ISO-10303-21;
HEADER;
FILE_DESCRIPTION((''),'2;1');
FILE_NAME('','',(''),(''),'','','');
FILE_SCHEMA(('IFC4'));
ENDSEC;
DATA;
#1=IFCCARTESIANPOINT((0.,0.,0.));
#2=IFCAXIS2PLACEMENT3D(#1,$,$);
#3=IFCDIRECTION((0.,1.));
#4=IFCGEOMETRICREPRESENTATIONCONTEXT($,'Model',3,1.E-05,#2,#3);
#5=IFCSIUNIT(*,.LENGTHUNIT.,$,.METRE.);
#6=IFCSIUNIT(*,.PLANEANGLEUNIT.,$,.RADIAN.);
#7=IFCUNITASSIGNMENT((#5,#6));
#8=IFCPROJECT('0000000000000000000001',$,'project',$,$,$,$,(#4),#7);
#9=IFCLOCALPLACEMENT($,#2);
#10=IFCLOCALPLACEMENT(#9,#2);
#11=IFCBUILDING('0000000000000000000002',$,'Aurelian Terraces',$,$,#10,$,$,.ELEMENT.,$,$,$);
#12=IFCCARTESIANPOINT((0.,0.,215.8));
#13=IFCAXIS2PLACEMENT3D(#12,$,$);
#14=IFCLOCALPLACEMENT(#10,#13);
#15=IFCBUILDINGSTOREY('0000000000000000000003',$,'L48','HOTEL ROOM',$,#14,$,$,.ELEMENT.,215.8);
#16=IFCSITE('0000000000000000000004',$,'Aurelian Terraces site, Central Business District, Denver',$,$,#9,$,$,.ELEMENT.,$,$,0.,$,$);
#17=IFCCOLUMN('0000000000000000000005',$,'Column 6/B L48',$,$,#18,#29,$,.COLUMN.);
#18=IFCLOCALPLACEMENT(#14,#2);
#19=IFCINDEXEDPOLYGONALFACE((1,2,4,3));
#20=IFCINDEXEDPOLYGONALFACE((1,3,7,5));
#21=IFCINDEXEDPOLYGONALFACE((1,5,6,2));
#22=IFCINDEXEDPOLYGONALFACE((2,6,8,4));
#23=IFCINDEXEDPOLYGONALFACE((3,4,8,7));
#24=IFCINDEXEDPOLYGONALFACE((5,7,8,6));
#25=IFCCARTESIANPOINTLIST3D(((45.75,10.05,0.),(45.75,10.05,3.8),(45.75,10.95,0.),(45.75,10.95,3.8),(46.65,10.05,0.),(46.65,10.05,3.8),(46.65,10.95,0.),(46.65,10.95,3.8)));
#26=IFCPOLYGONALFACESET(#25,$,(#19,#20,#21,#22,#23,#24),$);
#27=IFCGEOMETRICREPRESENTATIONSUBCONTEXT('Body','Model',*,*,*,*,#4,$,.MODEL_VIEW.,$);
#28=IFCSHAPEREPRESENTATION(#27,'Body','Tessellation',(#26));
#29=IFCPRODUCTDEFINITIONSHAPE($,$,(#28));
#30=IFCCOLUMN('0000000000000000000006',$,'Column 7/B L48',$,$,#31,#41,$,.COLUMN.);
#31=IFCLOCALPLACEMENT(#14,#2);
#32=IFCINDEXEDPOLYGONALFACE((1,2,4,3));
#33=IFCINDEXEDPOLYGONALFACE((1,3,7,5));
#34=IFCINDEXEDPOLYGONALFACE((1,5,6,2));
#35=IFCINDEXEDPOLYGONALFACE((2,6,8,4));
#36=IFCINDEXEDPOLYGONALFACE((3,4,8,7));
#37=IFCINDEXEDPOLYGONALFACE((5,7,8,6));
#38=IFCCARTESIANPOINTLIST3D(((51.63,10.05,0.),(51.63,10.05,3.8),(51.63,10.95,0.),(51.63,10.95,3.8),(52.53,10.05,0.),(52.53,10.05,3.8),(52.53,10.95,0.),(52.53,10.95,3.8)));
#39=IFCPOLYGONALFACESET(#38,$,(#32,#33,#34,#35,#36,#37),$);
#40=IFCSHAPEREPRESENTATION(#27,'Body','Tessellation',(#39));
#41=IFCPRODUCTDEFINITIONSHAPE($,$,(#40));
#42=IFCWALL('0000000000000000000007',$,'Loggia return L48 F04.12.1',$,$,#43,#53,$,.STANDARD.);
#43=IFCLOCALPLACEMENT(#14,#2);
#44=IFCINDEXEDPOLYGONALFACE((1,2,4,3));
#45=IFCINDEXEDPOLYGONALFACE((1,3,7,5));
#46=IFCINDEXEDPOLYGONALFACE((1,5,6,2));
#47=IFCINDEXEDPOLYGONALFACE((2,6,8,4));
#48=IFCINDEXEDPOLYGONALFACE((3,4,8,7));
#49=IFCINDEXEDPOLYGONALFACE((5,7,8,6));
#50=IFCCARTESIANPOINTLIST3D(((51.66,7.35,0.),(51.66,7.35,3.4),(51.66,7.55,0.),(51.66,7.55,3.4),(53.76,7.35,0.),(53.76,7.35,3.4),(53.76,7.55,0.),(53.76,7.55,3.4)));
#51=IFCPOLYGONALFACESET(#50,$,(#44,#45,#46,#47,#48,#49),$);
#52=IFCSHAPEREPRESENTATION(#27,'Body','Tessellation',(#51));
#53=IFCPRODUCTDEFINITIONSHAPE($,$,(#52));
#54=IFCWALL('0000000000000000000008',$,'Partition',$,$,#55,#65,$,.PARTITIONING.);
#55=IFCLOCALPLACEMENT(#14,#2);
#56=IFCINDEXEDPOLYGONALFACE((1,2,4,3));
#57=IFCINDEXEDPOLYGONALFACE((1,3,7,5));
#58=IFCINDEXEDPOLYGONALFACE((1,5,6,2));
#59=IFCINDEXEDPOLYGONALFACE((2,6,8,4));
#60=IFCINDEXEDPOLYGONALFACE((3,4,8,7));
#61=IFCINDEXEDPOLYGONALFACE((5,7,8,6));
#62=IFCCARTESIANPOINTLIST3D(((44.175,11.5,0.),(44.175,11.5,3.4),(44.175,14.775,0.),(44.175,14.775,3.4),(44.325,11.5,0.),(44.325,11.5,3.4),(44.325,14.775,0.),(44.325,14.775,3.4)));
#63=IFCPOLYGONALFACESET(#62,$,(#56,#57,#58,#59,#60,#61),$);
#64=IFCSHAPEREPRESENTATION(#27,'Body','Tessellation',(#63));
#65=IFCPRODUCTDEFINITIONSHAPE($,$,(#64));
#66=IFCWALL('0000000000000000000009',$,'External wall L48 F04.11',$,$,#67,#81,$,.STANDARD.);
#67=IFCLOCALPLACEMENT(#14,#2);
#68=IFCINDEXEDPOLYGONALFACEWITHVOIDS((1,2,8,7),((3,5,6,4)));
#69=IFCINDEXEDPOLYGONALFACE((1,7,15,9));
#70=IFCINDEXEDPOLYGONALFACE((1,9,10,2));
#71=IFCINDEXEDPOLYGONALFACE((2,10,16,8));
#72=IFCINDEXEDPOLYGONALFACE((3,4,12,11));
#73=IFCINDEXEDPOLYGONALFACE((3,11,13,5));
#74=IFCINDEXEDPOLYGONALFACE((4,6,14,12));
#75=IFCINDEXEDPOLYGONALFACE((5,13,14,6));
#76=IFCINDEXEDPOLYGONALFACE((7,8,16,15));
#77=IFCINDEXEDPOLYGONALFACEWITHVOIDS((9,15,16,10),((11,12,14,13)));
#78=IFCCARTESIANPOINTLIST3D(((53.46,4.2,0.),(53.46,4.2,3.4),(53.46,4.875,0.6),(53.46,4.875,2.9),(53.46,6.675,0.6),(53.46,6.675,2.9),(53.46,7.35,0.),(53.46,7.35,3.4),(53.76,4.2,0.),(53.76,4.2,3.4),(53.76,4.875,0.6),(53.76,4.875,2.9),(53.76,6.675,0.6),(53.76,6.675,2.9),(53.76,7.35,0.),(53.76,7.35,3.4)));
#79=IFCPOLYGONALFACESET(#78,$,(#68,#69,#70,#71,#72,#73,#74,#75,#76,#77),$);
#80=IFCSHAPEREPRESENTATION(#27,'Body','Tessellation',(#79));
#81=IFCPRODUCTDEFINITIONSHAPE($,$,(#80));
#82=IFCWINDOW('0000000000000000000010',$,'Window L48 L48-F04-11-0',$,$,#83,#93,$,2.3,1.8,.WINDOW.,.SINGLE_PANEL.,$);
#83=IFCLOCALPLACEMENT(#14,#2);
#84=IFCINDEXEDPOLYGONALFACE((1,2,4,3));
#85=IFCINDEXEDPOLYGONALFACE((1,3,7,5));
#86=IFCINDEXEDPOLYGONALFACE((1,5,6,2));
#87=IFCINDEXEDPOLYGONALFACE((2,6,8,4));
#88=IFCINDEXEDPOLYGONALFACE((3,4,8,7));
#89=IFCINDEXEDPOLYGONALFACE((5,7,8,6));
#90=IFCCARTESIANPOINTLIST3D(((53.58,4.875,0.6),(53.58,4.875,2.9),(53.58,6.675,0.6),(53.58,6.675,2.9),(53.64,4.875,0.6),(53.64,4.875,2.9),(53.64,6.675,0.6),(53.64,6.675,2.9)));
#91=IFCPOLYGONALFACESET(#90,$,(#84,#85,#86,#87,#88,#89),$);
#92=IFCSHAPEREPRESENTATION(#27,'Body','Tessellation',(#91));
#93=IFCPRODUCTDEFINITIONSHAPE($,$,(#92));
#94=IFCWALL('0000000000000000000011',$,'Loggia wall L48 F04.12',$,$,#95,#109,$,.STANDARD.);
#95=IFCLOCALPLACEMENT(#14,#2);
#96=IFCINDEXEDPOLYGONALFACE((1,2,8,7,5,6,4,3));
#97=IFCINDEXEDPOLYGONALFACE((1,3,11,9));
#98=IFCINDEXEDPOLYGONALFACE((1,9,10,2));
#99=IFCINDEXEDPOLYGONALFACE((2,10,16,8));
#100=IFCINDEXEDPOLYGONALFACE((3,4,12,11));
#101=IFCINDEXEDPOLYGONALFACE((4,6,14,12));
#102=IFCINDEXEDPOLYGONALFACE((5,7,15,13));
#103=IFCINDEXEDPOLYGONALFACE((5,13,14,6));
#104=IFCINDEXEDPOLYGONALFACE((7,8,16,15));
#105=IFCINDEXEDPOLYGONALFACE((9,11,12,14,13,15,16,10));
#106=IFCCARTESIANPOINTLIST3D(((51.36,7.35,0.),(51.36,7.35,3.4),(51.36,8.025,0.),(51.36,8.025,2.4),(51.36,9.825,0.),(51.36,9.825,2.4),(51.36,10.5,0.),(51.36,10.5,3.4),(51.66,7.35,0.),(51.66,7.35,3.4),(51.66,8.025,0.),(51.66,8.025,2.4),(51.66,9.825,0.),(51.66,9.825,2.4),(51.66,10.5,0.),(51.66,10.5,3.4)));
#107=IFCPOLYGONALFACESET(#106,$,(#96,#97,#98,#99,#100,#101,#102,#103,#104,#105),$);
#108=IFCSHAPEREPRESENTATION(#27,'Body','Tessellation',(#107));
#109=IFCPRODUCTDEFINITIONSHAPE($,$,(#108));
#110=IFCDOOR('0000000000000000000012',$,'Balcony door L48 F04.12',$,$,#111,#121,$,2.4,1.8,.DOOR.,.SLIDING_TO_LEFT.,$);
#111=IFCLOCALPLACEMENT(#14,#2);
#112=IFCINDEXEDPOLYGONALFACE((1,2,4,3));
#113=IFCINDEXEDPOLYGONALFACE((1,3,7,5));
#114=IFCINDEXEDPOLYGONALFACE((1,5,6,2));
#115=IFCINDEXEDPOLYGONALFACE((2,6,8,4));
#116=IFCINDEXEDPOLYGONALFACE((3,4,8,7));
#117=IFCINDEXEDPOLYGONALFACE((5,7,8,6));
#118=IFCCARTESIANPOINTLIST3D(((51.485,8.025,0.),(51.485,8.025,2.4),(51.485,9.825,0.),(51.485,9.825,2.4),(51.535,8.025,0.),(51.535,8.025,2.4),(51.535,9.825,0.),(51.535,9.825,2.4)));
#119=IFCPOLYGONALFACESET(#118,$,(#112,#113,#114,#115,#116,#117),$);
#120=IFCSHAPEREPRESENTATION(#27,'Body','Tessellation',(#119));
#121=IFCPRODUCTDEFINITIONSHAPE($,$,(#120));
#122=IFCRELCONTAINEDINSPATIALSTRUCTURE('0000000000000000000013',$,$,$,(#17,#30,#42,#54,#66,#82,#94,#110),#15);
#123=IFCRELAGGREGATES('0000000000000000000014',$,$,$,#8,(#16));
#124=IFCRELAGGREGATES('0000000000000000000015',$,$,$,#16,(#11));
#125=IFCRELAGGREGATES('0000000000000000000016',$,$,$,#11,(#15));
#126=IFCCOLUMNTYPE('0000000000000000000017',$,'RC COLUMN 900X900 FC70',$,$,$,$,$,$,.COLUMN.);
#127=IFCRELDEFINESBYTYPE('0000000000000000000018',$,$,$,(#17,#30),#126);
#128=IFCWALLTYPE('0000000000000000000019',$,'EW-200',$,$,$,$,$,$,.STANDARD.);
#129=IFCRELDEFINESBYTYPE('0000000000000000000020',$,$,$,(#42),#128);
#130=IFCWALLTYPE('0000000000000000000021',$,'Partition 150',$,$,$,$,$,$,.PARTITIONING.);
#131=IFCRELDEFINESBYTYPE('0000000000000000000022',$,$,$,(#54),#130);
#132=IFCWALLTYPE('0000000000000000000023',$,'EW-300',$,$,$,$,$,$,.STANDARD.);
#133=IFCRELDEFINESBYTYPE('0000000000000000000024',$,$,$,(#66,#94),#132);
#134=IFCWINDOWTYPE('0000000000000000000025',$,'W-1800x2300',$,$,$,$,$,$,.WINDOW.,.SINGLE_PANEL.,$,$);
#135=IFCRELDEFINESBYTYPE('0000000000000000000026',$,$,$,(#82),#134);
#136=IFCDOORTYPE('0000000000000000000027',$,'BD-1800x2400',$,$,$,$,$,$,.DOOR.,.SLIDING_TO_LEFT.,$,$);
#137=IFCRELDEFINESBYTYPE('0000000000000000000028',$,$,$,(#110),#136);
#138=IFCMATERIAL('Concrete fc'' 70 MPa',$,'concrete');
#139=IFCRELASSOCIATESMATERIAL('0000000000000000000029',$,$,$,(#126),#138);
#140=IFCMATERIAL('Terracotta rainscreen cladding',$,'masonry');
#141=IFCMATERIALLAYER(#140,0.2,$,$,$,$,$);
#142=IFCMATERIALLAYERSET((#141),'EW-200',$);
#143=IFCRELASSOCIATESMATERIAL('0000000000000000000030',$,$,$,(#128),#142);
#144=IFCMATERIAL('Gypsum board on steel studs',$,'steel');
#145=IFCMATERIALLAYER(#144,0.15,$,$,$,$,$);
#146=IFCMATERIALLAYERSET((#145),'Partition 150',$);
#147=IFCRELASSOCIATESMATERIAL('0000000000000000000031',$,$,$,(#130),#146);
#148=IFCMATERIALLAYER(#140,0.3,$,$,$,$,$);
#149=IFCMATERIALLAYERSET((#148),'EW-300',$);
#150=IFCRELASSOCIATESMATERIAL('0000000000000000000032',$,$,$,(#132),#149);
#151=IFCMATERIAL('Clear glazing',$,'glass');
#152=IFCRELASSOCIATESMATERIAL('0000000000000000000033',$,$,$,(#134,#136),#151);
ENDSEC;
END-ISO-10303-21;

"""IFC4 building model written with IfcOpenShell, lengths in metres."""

from ifc_helpers import new_model, si_unit, direction, frame, frame_2d, origin, origin_2d, place, context, subcontext, project, spatial, rectangle, extrude, source, transform, mapped, material, layer, layer_set, material_profile, profile_set, type_object, element, fill, save


model = new_model("IFC4")

# Units and contexts
model_context = context("Model", 3, precision=1e-05, world=origin(), true_north=direction((0.0, 1.0)))
body_context = subcontext(model_context, "Body", "Model", "MODEL_VIEW")
ifc_project = project(units=[si_unit("LENGTHUNIT", "METRE"), si_unit("PLANEANGLEUNIT", "RADIAN")], contexts=[model_context])

# Site, building, storey
site_placement = place(None, origin())
site = spatial("IfcSite", under=ifc_project, at=site_placement, Name="Aurelian Terraces site, Central Business District, Denver", CompositionType="ELEMENT", RefElevation=0.0)
building_placement = place(site_placement, origin())
building = spatial("IfcBuilding", under=site, at=building_placement, Name="Aurelian Terraces", CompositionType="ELEMENT")
storey_placement = place(building_placement, frame((0.0, 0.0, 215.8)))
storey = spatial("IfcBuildingStorey", under=building, at=storey_placement, Name="L48", Description="HOTEL ROOM", CompositionType="ELEMENT", Elevation=215.8)

# Columns
ifc_material_1 = material(Name="Concrete fc' 70 MPa", Category="concrete")
ifc_material_profile = material_profile(ifc_material_1, rectangle(XDim=0.9, YDim=0.9, at=origin_2d()))
ifc_profile_set = profile_set([ifc_material_profile], Name="Concrete fc' 70 MPa")
column_type = type_object("IfcColumnType", Name="RC COLUMN 900X900 FC70", PredefinedType="COLUMN", material=ifc_profile_set)
shared_shape_1 = source(origin(), body_context, "Body", "SweptSolid", [
    extrude(rectangle(XDim=0.9, YDim=0.9, at=origin_2d()), origin(), (0.0, 0.0, 1.0), 3.8),
])
for number, where, z_axis, x_axis, name in (
    (1, (46.2, 10.5, 0.0), (0.0, 0.0, 1.0), (1.0, 0.0, 0.0), "Column 6/B L48"),
    (2, (52.08, 10.5, 0.0), (0.0, 0.0, 1.0), (1.0, 0.0, 0.0), "Column 7/B L48"),
):
    element("IfcColumn", number, at=place(storey_placement, frame(where, z_axis=z_axis, x_axis=x_axis)), inside=storey, type_object=column_type, Name=name, PredefinedType="COLUMN", context=body_context, shape_type="MappedRepresentation", body=[
        mapped(shared_shape_1, transform((0.0, 0.0, 0.0), scale=1.0)),
    ])

# Walls
ifc_material_2 = material(Name="Terracotta rainscreen cladding", Category="masonry")
ifc_layer_1 = layer(ifc_material_2, 0.2)
ifc_layer_set_1 = layer_set([ifc_layer_1], Name="EW-200")
wall_type_1 = type_object("IfcWallType", Name="EW-200", PredefinedType="STANDARD", material=ifc_layer_set_1)
wall_1_placement = place(storey_placement, frame((53.76, 7.45, 0.0), z_axis=(0.0, 0.0, 1.0), x_axis=(-1.0, 0.0, 0.0)))
element("IfcWall", 3, at=wall_1_placement, inside=storey, type_object=wall_type_1, Name="Loggia return L48 F04.12.1", PredefinedType="STANDARD", context=body_context, shape_type="SweptSolid", body=[
    extrude(rectangle(XDim=2.1, YDim=0.2, at=frame_2d((1.05, 0.0))), origin(), (0.0, 0.0, 1.0), 3.4),
])
ifc_material_3 = material(Name="Gypsum board on steel studs", Category="steel")
ifc_layer_2 = layer(ifc_material_3, 0.15)
ifc_layer_set_2 = layer_set([ifc_layer_2], Name="Partition 150")
wall_type_2 = type_object("IfcWallType", Name="Partition 150", PredefinedType="PARTITIONING", material=ifc_layer_set_2)
wall_2_placement = place(storey_placement, frame((44.25, 11.5, 0.0), z_axis=(0.0, 0.0, 1.0), x_axis=(0.0, 1.0, 0.0)))
element("IfcWall", 4, at=wall_2_placement, inside=storey, type_object=wall_type_2, Name="Partition", PredefinedType="PARTITIONING", context=body_context, shape_type="SweptSolid", body=[
    extrude(rectangle(XDim=3.275, YDim=0.15, at=frame_2d((1.6375, 0.0))), origin(), (0.0, 0.0, 1.0), 3.4),
])

# Wall, opening, window
ifc_layer_3 = layer(ifc_material_2, 0.3)
ifc_layer_set_3 = layer_set([ifc_layer_3], Name="EW-300")
wall_type_3 = type_object("IfcWallType", Name="EW-300", PredefinedType="STANDARD", material=ifc_layer_set_3)
shared_shape_2 = source(origin(), body_context, "Body", "SweptSolid", [
    extrude(rectangle(XDim=3.15, YDim=0.3, at=frame_2d((1.575, 0.0))), origin(), (0.0, 0.0, 1.0), 3.4),
])
wall_3_placement = place(storey_placement, frame((53.61, 4.2, 0.0), z_axis=(0.0, 0.0, 1.0), x_axis=(0.0, 1.0, 0.0)))
wall_3 = element("IfcWall", 5, at=wall_3_placement, inside=storey, type_object=wall_type_3, Name="External wall L48 F04.11", PredefinedType="STANDARD", context=body_context, shape_type="MappedRepresentation", body=[
    mapped(shared_shape_2, transform((0.0, 0.0, 0.0), scale=1.0)),
])
shared_shape_3 = source(origin(), body_context, "Body", "SweptSolid", [
    extrude(rectangle(XDim=1.8, YDim=2.3, at=frame_2d((0.9, 1.15))), frame((0.0, 0.16, 0.0), z_axis=(0.0, -1.0, 0.0), x_axis=(1.0, 0.0, 0.0)), (0.0, 0.0, 1.0), 0.32),
])
opening_1_placement = place(wall_3_placement, frame((0.675, 0.0, 0.6)))
opening_1 = element("IfcOpeningElement", 6, at=opening_1_placement, cuts=wall_3, PredefinedType="OPENING", context=body_context, shape_type="MappedRepresentation", body=[
    mapped(shared_shape_3, transform((0.0, 0.0, 0.0), scale=1.0)),
])
ifc_material_4 = material(Name="Clear glazing", Category="glass")
window_type_1 = type_object("IfcWindowType", Name="W-1800x2300", PartitioningType="SINGLE_PANEL", PredefinedType="WINDOW", material=ifc_material_4)
shared_shape_4 = source(origin(), body_context, "Body", "SweptSolid", [
    extrude(rectangle(XDim=1.8, YDim=2.3, at=frame_2d((0.9, 1.15))), frame((0.0, 0.03, 0.0), z_axis=(0.0, -1.0, 0.0), x_axis=(1.0, 0.0, 0.0)), (0.0, 0.0, 1.0), 0.06),
])
window_1_placement = place(opening_1_placement, origin())
window_1 = element("IfcWindow", 7, at=window_1_placement, inside=storey, type_object=window_type_1, Name="Window L48 L48-F04-11-0", OverallHeight=2.3, OverallWidth=1.8, PartitioningType="SINGLE_PANEL", PredefinedType="WINDOW", context=body_context, shape_type="MappedRepresentation", body=[
    mapped(shared_shape_4, transform((0.0, 0.0, 0.0), scale=1.0)),
])
fill(opening_1, window_1)

# Wall, opening, door
wall_4_placement = place(storey_placement, frame((51.51, 7.35, 0.0), z_axis=(0.0, 0.0, 1.0), x_axis=(0.0, 1.0, 0.0)))
wall_4 = element("IfcWall", 8, at=wall_4_placement, inside=storey, type_object=wall_type_3, Name="Loggia wall L48 F04.12", PredefinedType="STANDARD", context=body_context, shape_type="MappedRepresentation", body=[
    mapped(shared_shape_2, transform((0.0, 0.0, 0.0), scale=1.0)),
])
shared_shape_5 = source(origin(), body_context, "Body", "SweptSolid", [
    extrude(rectangle(XDim=1.8, YDim=2.4, at=frame_2d((0.9, 1.2))), frame((0.0, 0.16, 0.0), z_axis=(0.0, -1.0, 0.0), x_axis=(1.0, 0.0, 0.0)), (0.0, 0.0, 1.0), 0.32),
])
opening_2_placement = place(wall_4_placement, frame((0.675, 0.0, 0.0)))
opening_2 = element("IfcOpeningElement", 9, at=opening_2_placement, cuts=wall_4, PredefinedType="OPENING", context=body_context, shape_type="MappedRepresentation", body=[
    mapped(shared_shape_5, transform((0.0, 0.0, 0.0), scale=1.0)),
])
door_type_1 = type_object("IfcDoorType", Name="BD-1800x2400", OperationType="SLIDING_TO_LEFT", PredefinedType="DOOR", material=ifc_material_4)
shared_shape_6 = source(origin(), body_context, "Body", "SweptSolid", [
    extrude(rectangle(XDim=1.8, YDim=2.4, at=frame_2d((0.9, 1.2))), frame((0.0, 0.025, 0.0), z_axis=(0.0, -1.0, 0.0), x_axis=(1.0, 0.0, 0.0)), (0.0, 0.0, 1.0), 0.05),
])
door_1_placement = place(opening_2_placement, origin())
door_1 = element("IfcDoor", 10, at=door_1_placement, inside=storey, type_object=door_type_1, Name="Balcony door L48 F04.12", OperationType="SLIDING_TO_LEFT", OverallHeight=2.4, OverallWidth=1.8, PredefinedType="DOOR", context=body_context, shape_type="MappedRepresentation", body=[
    mapped(shared_shape_6, transform((0.0, 0.0, 0.0), scale=1.0)),
])
fill(opening_2, door_1)

save(model, "model.ifc")
